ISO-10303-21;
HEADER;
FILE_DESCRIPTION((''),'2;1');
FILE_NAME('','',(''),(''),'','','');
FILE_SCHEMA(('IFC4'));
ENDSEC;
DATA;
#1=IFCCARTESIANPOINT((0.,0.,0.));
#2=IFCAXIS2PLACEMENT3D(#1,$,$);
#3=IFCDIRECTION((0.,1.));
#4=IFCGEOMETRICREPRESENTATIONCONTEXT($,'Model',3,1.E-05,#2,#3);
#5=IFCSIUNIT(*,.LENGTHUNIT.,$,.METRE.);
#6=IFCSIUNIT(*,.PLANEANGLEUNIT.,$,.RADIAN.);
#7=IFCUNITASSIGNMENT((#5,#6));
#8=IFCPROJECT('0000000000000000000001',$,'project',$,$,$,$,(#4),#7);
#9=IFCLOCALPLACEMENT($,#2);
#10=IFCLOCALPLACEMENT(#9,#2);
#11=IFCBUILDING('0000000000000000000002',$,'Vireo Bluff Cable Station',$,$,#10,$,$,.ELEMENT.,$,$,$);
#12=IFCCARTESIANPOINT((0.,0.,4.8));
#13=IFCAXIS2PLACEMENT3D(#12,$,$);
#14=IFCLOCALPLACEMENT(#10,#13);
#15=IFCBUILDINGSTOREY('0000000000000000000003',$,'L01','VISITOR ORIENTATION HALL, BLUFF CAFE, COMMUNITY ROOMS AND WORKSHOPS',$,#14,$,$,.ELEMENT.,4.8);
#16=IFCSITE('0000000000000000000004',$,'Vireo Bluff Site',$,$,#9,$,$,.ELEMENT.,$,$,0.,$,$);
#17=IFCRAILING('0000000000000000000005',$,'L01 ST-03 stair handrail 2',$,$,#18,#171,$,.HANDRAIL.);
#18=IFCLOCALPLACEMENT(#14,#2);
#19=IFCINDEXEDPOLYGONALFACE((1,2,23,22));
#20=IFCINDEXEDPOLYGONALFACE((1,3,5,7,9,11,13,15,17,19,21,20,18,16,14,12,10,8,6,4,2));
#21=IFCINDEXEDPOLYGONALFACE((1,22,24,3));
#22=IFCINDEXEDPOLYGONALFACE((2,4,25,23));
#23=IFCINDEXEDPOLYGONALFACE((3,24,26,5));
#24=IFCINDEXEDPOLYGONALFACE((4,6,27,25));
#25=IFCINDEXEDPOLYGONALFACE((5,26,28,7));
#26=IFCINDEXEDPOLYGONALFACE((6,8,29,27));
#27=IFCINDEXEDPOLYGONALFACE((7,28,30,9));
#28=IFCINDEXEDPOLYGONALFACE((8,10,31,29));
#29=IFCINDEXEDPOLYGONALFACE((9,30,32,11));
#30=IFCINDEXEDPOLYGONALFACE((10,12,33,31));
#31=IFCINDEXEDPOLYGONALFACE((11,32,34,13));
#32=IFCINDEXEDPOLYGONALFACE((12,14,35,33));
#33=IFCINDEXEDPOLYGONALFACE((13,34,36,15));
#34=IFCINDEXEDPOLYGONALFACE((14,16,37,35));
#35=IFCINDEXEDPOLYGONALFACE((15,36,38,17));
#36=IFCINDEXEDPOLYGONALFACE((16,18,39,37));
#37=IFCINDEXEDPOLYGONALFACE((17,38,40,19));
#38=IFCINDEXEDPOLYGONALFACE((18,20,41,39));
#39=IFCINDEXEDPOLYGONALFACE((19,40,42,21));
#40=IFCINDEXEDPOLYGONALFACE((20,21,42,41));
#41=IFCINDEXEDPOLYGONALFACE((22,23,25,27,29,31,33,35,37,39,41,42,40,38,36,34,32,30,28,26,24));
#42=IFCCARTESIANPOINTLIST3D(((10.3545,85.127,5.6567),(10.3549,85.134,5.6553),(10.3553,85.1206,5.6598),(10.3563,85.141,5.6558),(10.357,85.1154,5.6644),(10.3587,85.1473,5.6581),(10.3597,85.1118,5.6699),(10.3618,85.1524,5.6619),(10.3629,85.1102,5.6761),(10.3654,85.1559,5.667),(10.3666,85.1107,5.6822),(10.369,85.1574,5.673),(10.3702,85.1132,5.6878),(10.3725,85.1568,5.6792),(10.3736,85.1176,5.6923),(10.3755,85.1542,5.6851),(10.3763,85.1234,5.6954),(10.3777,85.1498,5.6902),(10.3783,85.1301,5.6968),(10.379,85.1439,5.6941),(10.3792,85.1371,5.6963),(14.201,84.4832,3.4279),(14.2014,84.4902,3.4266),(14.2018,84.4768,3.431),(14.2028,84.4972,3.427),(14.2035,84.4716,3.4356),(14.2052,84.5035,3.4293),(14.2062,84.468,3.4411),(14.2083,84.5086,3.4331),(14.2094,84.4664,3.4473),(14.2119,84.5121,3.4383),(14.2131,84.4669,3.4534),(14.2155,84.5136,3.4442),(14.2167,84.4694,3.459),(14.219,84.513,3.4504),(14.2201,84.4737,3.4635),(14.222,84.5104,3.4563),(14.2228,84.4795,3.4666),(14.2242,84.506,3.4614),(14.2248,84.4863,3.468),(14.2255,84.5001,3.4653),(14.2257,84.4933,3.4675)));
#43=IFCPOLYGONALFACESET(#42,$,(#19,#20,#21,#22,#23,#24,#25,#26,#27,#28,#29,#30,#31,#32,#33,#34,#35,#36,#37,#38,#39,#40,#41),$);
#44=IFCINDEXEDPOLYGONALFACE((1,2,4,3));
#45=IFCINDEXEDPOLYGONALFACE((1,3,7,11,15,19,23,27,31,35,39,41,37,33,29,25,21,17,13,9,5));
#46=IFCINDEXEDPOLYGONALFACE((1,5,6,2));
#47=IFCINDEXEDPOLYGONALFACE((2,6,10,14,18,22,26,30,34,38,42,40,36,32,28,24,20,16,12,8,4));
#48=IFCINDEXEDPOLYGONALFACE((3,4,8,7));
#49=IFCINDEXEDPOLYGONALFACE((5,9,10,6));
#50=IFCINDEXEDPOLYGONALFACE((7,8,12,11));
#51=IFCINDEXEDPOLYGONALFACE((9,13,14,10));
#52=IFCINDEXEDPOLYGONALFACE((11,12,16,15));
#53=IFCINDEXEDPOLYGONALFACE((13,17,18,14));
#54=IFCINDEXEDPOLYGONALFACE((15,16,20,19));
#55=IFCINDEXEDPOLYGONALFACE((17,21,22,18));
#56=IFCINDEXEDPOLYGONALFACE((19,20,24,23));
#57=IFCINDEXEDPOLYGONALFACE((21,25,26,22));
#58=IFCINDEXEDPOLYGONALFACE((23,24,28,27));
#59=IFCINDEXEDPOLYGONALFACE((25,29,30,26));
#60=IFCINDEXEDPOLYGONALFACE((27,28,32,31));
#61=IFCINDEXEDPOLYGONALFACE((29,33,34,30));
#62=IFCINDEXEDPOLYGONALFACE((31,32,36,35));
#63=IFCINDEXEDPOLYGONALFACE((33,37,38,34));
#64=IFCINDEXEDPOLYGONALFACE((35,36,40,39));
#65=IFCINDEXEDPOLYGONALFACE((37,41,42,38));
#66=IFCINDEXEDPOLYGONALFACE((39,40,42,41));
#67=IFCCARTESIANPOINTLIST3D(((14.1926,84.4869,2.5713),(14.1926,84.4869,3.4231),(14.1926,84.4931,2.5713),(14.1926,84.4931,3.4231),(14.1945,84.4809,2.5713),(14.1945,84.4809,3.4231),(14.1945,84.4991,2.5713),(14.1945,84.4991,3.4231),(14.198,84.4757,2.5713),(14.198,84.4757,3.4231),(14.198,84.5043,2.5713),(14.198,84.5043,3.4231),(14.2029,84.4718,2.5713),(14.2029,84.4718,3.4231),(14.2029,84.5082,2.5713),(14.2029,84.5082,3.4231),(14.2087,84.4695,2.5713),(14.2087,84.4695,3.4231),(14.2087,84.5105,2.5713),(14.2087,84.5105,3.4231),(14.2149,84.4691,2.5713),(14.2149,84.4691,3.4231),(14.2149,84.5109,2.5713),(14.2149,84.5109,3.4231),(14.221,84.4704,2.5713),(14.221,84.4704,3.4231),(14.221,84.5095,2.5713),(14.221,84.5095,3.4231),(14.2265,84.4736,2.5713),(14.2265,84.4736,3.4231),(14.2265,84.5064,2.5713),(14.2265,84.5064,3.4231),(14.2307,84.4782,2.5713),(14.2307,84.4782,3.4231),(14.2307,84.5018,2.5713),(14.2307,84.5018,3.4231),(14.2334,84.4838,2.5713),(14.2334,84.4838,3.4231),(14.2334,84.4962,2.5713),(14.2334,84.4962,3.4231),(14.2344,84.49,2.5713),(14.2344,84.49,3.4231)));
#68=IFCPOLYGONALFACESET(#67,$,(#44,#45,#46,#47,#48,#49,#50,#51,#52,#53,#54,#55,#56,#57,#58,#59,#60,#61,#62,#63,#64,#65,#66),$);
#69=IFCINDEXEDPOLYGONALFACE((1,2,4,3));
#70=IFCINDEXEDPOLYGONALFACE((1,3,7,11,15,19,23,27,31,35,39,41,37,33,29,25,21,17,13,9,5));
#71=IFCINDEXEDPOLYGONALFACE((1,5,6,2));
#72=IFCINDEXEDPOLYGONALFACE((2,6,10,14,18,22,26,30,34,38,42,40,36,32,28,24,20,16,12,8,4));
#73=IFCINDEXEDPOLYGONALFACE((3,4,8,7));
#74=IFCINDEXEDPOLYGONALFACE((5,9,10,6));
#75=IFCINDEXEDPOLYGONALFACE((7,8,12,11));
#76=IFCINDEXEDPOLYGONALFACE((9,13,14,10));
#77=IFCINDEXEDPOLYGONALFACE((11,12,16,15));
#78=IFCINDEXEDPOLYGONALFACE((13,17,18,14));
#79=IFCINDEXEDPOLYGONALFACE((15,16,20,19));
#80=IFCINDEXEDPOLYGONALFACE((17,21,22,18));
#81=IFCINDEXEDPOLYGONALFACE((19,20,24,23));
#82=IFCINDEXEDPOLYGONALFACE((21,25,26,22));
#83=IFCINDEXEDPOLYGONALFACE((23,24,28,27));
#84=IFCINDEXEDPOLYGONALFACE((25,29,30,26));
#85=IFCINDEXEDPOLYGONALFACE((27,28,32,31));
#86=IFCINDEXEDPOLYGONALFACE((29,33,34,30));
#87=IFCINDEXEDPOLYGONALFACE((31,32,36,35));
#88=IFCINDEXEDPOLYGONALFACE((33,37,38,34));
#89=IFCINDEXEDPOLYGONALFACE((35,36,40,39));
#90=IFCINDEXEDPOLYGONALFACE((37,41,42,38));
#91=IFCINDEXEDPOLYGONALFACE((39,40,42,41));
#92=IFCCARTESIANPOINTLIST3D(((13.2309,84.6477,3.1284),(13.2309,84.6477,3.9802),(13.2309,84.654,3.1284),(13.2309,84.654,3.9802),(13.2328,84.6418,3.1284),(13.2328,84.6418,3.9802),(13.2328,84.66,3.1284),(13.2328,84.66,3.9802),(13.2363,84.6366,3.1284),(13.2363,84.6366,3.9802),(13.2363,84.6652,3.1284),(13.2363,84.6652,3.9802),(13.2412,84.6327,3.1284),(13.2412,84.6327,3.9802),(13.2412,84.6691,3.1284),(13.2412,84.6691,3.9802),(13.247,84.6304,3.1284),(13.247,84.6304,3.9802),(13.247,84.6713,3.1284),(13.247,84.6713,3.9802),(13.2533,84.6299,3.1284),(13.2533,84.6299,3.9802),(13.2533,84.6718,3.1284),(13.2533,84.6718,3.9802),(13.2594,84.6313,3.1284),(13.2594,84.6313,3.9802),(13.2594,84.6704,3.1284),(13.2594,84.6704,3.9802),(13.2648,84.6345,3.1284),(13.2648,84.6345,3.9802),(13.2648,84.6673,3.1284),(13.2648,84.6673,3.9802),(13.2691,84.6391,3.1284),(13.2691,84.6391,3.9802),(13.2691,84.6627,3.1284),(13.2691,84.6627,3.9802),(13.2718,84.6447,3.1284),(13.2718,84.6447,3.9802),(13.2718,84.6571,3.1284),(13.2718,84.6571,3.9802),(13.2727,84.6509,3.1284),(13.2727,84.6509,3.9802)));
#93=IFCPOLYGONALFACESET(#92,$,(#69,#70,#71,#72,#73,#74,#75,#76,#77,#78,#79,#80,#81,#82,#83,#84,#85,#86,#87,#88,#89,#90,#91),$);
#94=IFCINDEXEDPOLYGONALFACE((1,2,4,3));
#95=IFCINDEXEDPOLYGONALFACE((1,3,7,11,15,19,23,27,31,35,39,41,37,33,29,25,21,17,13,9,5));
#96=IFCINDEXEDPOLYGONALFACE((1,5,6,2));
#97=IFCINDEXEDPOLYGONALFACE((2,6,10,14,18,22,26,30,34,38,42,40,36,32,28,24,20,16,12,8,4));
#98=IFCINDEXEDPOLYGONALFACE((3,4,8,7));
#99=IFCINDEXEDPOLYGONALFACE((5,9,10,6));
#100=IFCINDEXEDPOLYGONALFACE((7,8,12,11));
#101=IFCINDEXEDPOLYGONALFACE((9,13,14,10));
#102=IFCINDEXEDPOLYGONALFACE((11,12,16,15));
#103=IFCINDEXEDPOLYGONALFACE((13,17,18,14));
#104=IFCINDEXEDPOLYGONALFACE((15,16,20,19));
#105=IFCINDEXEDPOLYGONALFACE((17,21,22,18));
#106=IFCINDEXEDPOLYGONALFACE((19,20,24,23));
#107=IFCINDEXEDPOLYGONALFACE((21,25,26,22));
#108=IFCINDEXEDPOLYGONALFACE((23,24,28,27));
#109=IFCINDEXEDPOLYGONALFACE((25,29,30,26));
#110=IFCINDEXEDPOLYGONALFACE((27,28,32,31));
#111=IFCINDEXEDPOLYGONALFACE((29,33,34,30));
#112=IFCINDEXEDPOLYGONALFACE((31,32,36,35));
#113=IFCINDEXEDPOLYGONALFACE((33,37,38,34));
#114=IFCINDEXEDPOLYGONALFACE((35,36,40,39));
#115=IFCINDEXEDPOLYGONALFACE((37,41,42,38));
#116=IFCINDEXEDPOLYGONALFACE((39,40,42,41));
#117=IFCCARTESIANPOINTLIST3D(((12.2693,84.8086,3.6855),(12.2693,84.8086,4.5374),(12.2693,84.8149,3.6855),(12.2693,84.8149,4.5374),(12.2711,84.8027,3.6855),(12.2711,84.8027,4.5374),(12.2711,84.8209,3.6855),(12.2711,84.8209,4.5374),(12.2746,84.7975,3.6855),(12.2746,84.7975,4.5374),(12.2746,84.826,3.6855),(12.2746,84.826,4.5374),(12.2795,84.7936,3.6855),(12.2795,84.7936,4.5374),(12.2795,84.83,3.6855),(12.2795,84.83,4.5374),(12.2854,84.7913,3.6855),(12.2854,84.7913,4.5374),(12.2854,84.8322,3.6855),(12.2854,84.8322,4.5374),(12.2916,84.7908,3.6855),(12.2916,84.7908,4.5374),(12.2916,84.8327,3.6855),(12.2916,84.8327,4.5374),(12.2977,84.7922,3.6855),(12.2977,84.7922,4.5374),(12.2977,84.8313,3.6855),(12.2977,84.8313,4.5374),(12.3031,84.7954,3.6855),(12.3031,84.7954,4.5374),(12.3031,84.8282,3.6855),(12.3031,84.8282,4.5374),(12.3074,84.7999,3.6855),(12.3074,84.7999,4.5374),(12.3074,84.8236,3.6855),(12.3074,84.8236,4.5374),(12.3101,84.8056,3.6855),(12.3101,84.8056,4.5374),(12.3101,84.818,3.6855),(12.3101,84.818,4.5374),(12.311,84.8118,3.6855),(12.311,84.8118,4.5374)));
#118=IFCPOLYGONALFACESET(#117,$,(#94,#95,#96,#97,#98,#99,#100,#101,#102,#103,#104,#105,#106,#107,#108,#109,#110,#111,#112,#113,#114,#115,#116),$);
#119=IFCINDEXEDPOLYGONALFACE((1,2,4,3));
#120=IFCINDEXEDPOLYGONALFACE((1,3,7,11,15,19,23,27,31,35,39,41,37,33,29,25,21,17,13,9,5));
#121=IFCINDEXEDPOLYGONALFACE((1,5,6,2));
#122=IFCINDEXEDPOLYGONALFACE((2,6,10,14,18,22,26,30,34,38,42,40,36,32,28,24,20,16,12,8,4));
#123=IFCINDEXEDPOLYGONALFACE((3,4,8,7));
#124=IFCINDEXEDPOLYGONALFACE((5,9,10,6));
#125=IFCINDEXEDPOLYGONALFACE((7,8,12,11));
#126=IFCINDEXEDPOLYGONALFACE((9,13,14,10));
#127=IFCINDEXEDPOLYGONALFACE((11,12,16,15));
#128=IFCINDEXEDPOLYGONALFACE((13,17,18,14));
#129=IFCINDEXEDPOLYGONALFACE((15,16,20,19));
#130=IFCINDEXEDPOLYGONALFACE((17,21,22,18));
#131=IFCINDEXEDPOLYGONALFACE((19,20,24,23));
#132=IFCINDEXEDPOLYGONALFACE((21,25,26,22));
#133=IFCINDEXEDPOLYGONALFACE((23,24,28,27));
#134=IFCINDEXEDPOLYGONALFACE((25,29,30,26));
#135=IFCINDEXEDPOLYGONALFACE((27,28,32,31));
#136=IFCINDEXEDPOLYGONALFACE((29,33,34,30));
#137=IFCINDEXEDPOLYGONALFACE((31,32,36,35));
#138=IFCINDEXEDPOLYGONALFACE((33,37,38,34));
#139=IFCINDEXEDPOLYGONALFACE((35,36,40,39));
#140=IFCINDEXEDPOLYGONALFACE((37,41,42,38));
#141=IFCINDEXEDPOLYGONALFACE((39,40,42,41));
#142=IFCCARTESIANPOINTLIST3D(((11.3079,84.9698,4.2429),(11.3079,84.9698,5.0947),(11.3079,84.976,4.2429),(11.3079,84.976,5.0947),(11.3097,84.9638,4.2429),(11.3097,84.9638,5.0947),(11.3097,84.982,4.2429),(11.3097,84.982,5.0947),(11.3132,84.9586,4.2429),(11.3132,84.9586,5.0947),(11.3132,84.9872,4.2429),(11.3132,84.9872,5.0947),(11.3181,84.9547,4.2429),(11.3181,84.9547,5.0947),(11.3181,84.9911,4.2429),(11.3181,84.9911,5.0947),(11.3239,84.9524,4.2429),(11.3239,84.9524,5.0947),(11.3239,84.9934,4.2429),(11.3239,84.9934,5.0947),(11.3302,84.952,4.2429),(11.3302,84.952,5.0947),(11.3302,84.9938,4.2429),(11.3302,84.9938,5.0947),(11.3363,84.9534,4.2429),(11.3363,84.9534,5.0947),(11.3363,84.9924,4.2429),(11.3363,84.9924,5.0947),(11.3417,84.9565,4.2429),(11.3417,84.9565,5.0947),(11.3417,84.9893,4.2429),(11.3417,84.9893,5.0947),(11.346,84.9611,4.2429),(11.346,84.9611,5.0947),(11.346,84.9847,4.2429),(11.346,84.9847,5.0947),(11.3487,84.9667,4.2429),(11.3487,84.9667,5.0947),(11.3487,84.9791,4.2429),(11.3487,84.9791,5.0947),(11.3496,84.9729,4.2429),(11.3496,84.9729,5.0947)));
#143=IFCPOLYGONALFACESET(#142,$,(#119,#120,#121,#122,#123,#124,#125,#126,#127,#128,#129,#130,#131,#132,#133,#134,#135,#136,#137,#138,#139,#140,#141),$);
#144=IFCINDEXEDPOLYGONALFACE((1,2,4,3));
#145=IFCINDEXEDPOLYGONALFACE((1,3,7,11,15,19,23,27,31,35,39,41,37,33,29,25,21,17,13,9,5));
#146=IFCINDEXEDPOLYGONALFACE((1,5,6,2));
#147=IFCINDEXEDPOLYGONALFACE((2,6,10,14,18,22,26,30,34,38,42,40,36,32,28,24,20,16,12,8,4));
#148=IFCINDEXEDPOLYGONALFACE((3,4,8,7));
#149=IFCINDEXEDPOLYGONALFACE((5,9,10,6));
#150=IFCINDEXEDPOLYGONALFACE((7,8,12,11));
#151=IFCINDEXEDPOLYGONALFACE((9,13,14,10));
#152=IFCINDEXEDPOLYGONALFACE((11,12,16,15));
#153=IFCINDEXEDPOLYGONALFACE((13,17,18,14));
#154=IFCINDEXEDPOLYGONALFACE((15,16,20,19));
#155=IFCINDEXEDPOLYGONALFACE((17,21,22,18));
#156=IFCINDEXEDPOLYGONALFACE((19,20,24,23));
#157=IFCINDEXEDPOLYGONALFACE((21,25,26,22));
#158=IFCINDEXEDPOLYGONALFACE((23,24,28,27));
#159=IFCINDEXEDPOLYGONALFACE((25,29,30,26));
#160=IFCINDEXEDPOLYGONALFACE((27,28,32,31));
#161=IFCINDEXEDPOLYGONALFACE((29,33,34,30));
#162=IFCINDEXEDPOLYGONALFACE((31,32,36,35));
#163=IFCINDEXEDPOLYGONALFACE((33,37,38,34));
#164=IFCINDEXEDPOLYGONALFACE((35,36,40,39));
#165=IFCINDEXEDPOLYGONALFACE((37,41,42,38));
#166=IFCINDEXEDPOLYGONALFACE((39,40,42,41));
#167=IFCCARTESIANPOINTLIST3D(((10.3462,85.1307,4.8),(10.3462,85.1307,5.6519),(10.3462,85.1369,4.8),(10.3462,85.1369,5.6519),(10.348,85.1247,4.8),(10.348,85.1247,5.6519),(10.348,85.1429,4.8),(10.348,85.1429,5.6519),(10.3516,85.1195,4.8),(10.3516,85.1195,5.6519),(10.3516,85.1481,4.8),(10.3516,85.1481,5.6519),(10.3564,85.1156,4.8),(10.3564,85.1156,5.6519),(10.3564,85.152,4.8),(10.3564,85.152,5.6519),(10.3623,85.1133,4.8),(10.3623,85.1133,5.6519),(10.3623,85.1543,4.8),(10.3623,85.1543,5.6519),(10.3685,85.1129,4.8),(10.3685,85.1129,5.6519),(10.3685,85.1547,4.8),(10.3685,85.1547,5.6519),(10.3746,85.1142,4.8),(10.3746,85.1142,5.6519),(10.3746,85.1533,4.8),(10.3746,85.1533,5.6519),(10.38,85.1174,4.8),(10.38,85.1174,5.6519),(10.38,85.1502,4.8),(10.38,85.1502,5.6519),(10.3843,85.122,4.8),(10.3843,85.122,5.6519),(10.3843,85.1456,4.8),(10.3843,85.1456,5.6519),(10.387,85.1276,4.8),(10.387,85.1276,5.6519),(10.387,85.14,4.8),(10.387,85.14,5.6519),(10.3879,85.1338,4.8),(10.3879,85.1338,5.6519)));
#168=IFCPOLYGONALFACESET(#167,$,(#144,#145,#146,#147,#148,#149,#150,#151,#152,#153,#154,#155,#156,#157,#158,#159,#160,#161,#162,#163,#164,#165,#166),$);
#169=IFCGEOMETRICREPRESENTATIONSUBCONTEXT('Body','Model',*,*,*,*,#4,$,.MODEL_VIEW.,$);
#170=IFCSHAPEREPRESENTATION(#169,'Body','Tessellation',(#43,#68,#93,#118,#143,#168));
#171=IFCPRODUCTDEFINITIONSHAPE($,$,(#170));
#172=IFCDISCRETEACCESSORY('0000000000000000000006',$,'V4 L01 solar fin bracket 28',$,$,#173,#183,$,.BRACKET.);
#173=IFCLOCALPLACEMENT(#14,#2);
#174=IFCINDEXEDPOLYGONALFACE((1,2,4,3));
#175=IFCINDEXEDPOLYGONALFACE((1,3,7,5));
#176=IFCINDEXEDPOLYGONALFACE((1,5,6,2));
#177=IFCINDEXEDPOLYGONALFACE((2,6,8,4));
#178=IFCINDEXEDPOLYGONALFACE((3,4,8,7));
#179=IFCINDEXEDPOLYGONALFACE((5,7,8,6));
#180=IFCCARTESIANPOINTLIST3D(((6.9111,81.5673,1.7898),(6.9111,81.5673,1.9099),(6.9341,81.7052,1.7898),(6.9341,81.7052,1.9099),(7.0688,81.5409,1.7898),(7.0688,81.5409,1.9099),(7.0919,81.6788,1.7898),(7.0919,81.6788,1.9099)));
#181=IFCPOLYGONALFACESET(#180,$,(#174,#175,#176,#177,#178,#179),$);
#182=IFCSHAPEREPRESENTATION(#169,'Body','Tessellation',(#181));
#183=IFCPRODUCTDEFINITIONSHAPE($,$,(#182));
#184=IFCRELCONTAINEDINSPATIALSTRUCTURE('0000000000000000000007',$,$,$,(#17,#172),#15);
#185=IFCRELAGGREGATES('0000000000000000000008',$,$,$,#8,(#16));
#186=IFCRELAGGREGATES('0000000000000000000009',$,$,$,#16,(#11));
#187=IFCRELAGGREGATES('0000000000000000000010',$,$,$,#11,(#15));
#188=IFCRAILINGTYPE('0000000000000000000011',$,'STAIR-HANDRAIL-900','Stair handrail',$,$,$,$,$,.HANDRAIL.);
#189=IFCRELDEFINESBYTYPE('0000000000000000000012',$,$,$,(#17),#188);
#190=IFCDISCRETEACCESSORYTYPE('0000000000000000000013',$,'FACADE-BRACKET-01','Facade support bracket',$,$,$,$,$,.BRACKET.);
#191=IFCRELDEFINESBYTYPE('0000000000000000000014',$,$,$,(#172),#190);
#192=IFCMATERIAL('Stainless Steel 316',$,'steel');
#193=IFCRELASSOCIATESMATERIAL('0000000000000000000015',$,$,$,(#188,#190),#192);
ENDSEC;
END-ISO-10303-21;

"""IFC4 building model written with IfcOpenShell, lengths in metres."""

from ifc_helpers import new_model, si_unit, direction, frame, origin, origin_2d, place, context, subcontext, project, spatial, rectangle, circle, extrude, material, type_object, element, save


model = new_model("IFC4")

# Units and contexts
model_context = context("Model", 3, precision=1e-05, world=origin(), true_north=direction((0.0, 1.0)))
body_context = subcontext(model_context, "Body", "Model", "MODEL_VIEW")
ifc_project = project(units=[si_unit("LENGTHUNIT", "METRE"), si_unit("PLANEANGLEUNIT", "RADIAN")], contexts=[model_context])

# Site, building, storey
site_placement = place(None, origin())
site = spatial("IfcSite", under=ifc_project, at=site_placement, Name="Vireo Bluff Site", CompositionType="ELEMENT", RefElevation=0.0)
building_placement = place(site_placement, origin())
building = spatial("IfcBuilding", under=site, at=building_placement, Name="Vireo Bluff Cable Station", CompositionType="ELEMENT")
storey_placement = place(building_placement, frame((0.0, 0.0, 4.8)))
storey = spatial("IfcBuildingStorey", under=building, at=storey_placement, Name="L01", Description="VISITOR ORIENTATION HALL, BLUFF CAFE, COMMUNITY ROOMS AND WORKSHOPS", CompositionType="ELEMENT", Elevation=4.8)

# Shared definitions
ifc_material_1 = material(Name="Stainless Steel 316", Category="steel")

# Railing
railing_type_1 = type_object("IfcRailingType", Name="STAIR-HANDRAIL-900", Description="Stair handrail", PredefinedType="HANDRAIL", material=ifc_material_1)
railing_1_placement = place(storey_placement, frame((14.2134, 84.49, 2.5713)))
element("IfcRailing", 1, at=railing_1_placement, inside=storey, type_object=railing_type_1, Name="L01 ST-03 stair handrail 2", PredefinedType="HANDRAIL", context=body_context, shape_type="SweptSolid", body=[
    extrude(circle(Radius=0.0239, at=origin_2d()), frame((0.0, 0.0, 0.876), z_axis=(-0.85631, 0.143325, 0.496176), x_axis=(-0.165079, -0.98628, 0.0)), (0.0, 0.0, 1.0), 4.4919),
    extrude(circle(Radius=0.021, at=origin_2d()), origin(), (0.0, 0.0, 1.0), 0.8518),
    extrude(circle(Radius=0.021, at=origin_2d()), frame((-0.9617, 0.1609, 0.5571)), (0.0, 0.0, 1.0), 0.8518),
    extrude(circle(Radius=0.021, at=origin_2d()), frame((-1.9233, 0.3218, 1.1143)), (0.0, 0.0, 1.0), 0.8518),
    extrude(circle(Radius=0.021, at=origin_2d()), frame((-2.8848, 0.4829, 1.6716)), (0.0, 0.0, 1.0), 0.8518),
    extrude(circle(Radius=0.021, at=origin_2d()), frame((-3.8464, 0.6438, 2.2288)), (0.0, 0.0, 1.0), 0.8518),
])

# Discrete accessory
discrete_accessory_type = type_object("IfcDiscreteAccessoryType", Name="FACADE-BRACKET-01", Description="Facade support bracket", PredefinedType="BRACKET", material=ifc_material_1)
discrete_accessory_placement = place(storey_placement, frame((7.0015, 81.623, 1.7898), z_axis=(0.0, 0.0, 1.0), x_axis=(0.165048, 0.986286, 0.0)))
element("IfcDiscreteAccessory", 2, at=discrete_accessory_placement, inside=storey, type_object=discrete_accessory_type, Name="V4 L01 solar fin bracket 28", PredefinedType="BRACKET", context=body_context, shape_type="SweptSolid", body=[
    extrude(rectangle(XDim=0.1399, YDim=0.1599, at=origin_2d()), origin(), (0.0, 0.0, 1.0), 0.1201),
])

save(model, "model.ifc")
